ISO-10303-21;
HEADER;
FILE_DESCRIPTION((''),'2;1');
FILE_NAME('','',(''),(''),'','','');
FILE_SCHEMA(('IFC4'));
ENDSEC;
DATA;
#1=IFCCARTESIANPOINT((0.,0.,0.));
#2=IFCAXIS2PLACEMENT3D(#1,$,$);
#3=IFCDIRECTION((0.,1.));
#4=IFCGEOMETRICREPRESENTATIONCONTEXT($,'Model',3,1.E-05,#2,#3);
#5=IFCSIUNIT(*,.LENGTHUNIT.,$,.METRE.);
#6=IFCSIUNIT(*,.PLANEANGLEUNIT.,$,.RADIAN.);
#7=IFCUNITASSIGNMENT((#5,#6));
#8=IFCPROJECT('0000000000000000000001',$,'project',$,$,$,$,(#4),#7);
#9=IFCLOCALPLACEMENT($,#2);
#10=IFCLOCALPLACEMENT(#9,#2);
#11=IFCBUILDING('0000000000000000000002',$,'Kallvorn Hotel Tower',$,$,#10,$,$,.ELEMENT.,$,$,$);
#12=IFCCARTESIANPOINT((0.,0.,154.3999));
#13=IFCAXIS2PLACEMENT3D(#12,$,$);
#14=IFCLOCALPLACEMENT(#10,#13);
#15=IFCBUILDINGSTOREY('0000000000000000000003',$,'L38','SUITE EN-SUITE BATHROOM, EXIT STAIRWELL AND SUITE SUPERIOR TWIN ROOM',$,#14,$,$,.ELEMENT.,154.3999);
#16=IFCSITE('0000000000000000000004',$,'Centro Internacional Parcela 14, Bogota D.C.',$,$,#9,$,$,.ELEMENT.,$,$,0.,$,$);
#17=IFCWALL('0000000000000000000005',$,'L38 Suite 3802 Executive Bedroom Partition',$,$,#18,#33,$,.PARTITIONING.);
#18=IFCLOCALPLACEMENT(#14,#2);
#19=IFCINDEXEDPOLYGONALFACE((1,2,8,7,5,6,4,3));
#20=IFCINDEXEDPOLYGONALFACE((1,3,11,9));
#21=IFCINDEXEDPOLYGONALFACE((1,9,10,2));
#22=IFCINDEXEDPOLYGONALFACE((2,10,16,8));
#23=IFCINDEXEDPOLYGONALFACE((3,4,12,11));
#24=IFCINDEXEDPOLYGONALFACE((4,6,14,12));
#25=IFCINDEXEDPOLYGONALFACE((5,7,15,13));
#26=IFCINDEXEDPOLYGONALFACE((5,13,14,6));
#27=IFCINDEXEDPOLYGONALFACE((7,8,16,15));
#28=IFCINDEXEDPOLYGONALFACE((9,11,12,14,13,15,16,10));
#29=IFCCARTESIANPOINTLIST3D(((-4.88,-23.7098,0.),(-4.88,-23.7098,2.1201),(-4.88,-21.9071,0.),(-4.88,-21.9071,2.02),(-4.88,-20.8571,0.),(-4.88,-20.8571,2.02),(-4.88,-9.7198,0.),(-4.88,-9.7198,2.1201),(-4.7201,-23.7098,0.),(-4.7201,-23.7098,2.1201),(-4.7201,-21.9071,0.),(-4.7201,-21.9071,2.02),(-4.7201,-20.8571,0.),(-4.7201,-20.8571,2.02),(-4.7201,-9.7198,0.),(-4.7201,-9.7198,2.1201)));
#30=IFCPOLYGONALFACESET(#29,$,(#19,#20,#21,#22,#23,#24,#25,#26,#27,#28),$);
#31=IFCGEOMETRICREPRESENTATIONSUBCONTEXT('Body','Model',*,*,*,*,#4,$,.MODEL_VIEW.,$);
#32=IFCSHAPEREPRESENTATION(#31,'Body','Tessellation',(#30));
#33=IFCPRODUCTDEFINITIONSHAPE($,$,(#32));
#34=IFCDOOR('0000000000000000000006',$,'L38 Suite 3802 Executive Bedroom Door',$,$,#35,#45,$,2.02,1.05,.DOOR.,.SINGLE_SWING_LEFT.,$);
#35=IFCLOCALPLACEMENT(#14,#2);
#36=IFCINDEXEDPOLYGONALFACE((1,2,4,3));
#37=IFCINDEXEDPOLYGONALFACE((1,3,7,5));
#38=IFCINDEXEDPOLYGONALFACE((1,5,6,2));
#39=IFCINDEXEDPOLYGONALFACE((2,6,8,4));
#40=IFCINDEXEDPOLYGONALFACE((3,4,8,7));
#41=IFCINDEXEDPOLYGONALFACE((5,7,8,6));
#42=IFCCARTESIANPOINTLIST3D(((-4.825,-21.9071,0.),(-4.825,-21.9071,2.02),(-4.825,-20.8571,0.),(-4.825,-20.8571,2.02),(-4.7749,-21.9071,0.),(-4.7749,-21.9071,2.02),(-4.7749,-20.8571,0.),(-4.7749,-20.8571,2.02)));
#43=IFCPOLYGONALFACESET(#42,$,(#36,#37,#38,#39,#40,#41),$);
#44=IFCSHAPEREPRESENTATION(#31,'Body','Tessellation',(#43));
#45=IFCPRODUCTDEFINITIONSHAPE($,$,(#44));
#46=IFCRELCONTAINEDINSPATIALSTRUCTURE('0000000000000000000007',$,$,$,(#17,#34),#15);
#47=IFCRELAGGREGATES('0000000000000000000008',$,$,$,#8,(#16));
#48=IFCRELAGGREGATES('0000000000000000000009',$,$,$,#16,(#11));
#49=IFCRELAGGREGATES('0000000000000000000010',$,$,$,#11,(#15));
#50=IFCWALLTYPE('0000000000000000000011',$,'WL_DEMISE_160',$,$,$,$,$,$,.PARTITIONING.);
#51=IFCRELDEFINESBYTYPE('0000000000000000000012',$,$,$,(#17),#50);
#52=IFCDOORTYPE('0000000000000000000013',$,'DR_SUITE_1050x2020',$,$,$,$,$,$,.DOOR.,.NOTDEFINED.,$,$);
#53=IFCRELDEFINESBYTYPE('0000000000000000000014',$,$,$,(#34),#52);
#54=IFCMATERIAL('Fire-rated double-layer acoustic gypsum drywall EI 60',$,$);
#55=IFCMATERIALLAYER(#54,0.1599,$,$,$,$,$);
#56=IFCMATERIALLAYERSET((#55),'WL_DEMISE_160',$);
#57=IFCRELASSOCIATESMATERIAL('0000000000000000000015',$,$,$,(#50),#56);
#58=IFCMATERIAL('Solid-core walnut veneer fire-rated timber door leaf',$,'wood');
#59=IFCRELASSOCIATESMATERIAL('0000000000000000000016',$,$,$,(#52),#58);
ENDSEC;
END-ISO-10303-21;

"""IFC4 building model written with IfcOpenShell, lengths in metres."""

from ifc_helpers import new_model, si_unit, direction, frame, frame_2d, origin, place, context, subcontext, project, spatial, rectangle, extrude, material, layer, layer_set, type_object, element, fill, save


model = new_model("IFC4")

# Units and contexts
model_context = context("Model", 3, precision=1e-05, world=origin(), true_north=direction((0.0, 1.0)))
body_context = subcontext(model_context, "Body", "Model", "MODEL_VIEW")
ifc_project = project(units=[si_unit("LENGTHUNIT", "METRE"), si_unit("PLANEANGLEUNIT", "RADIAN")], contexts=[model_context])

# Site, building, storey
site_placement = place(None, origin())
site = spatial("IfcSite", under=ifc_project, at=site_placement, Name="Centro Internacional Parcela 14, Bogota D.C.", CompositionType="ELEMENT", RefElevation=0.0)
building_placement = place(site_placement, origin())
building = spatial("IfcBuilding", under=site, at=building_placement, Name="Kallvorn Hotel Tower", CompositionType="ELEMENT")
storey_placement = place(building_placement, frame((0.0, 0.0, 154.3999)))
storey = spatial("IfcBuildingStorey", under=building, at=storey_placement, Name="L38", Description="SUITE EN-SUITE BATHROOM, EXIT STAIRWELL AND SUITE SUPERIOR TWIN ROOM", CompositionType="ELEMENT", Elevation=154.3999)

# Shared definitions
ifc_material_1 = material(Name="Fire-rated double-layer acoustic gypsum drywall EI 60")
ifc_layer_1 = layer(ifc_material_1, 0.1599)
ifc_layer_set_1 = layer_set([ifc_layer_1], Name="WL_DEMISE_160")
wall_type = type_object("IfcWallType", Name="WL_DEMISE_160", PredefinedType="PARTITIONING", material=ifc_layer_set_1)

# Wall, opening, door
wall_1_placement = place(storey_placement, frame((-4.8, -23.71, 0.0), z_axis=(0.0, 0.0, 1.0), x_axis=(0.0, 1.0, 0.0)))
wall_1 = element("IfcWall", 1, at=wall_1_placement, inside=storey, type_object=wall_type, Name="L38 Suite 3802 Executive Bedroom Partition", PredefinedType="PARTITIONING", context=body_context, shape_type="SweptSolid", body=[
    extrude(rectangle(XDim=13.99, YDim=0.1599, at=frame_2d((6.9951, 0.0))), origin(), (0.0, 0.0, 1.0), 2.1201),
])
opening_1_placement = place(wall_1_placement, frame((1.803, 0.0, 0.0)))
opening_1 = element("IfcOpeningElement", 2, at=opening_1_placement, cuts=wall_1, PredefinedType="OPENING", context=body_context, shape_type="SweptSolid", body=[
    extrude(rectangle(XDim=1.05, YDim=2.02, at=frame_2d((0.5249, 1.01))), frame((0.0, 0.095, 0.0), z_axis=(0.0, -1.0, 0.0), x_axis=(1.0, 0.0, 0.0)), (0.0, 0.0, 1.0), 0.1899),
])
ifc_material_2 = material(Name="Solid-core walnut veneer fire-rated timber door leaf", Category="wood")
door_type_1 = type_object("IfcDoorType", Name="DR_SUITE_1050x2020", OperationType="NOTDEFINED", PredefinedType="DOOR", material=ifc_material_2)
door_1_placement = place(opening_1_placement, origin())
door_1 = element("IfcDoor", 3, at=door_1_placement, inside=storey, type_object=door_type_1, Name="L38 Suite 3802 Executive Bedroom Door", OperationType="SINGLE_SWING_LEFT", OverallHeight=2.02, OverallWidth=1.05, PredefinedType="DOOR", context=body_context, shape_type="SweptSolid", body=[
    extrude(rectangle(XDim=1.05, YDim=2.02, at=frame_2d((0.5249, 1.01))), frame((0.0, 0.0249, 0.0), z_axis=(0.0, -1.0, 0.0), x_axis=(1.0, 0.0, 0.0)), (0.0, 0.0, 1.0), 0.05),
])
fill(opening_1, door_1)

save(model, "model.ifc")
